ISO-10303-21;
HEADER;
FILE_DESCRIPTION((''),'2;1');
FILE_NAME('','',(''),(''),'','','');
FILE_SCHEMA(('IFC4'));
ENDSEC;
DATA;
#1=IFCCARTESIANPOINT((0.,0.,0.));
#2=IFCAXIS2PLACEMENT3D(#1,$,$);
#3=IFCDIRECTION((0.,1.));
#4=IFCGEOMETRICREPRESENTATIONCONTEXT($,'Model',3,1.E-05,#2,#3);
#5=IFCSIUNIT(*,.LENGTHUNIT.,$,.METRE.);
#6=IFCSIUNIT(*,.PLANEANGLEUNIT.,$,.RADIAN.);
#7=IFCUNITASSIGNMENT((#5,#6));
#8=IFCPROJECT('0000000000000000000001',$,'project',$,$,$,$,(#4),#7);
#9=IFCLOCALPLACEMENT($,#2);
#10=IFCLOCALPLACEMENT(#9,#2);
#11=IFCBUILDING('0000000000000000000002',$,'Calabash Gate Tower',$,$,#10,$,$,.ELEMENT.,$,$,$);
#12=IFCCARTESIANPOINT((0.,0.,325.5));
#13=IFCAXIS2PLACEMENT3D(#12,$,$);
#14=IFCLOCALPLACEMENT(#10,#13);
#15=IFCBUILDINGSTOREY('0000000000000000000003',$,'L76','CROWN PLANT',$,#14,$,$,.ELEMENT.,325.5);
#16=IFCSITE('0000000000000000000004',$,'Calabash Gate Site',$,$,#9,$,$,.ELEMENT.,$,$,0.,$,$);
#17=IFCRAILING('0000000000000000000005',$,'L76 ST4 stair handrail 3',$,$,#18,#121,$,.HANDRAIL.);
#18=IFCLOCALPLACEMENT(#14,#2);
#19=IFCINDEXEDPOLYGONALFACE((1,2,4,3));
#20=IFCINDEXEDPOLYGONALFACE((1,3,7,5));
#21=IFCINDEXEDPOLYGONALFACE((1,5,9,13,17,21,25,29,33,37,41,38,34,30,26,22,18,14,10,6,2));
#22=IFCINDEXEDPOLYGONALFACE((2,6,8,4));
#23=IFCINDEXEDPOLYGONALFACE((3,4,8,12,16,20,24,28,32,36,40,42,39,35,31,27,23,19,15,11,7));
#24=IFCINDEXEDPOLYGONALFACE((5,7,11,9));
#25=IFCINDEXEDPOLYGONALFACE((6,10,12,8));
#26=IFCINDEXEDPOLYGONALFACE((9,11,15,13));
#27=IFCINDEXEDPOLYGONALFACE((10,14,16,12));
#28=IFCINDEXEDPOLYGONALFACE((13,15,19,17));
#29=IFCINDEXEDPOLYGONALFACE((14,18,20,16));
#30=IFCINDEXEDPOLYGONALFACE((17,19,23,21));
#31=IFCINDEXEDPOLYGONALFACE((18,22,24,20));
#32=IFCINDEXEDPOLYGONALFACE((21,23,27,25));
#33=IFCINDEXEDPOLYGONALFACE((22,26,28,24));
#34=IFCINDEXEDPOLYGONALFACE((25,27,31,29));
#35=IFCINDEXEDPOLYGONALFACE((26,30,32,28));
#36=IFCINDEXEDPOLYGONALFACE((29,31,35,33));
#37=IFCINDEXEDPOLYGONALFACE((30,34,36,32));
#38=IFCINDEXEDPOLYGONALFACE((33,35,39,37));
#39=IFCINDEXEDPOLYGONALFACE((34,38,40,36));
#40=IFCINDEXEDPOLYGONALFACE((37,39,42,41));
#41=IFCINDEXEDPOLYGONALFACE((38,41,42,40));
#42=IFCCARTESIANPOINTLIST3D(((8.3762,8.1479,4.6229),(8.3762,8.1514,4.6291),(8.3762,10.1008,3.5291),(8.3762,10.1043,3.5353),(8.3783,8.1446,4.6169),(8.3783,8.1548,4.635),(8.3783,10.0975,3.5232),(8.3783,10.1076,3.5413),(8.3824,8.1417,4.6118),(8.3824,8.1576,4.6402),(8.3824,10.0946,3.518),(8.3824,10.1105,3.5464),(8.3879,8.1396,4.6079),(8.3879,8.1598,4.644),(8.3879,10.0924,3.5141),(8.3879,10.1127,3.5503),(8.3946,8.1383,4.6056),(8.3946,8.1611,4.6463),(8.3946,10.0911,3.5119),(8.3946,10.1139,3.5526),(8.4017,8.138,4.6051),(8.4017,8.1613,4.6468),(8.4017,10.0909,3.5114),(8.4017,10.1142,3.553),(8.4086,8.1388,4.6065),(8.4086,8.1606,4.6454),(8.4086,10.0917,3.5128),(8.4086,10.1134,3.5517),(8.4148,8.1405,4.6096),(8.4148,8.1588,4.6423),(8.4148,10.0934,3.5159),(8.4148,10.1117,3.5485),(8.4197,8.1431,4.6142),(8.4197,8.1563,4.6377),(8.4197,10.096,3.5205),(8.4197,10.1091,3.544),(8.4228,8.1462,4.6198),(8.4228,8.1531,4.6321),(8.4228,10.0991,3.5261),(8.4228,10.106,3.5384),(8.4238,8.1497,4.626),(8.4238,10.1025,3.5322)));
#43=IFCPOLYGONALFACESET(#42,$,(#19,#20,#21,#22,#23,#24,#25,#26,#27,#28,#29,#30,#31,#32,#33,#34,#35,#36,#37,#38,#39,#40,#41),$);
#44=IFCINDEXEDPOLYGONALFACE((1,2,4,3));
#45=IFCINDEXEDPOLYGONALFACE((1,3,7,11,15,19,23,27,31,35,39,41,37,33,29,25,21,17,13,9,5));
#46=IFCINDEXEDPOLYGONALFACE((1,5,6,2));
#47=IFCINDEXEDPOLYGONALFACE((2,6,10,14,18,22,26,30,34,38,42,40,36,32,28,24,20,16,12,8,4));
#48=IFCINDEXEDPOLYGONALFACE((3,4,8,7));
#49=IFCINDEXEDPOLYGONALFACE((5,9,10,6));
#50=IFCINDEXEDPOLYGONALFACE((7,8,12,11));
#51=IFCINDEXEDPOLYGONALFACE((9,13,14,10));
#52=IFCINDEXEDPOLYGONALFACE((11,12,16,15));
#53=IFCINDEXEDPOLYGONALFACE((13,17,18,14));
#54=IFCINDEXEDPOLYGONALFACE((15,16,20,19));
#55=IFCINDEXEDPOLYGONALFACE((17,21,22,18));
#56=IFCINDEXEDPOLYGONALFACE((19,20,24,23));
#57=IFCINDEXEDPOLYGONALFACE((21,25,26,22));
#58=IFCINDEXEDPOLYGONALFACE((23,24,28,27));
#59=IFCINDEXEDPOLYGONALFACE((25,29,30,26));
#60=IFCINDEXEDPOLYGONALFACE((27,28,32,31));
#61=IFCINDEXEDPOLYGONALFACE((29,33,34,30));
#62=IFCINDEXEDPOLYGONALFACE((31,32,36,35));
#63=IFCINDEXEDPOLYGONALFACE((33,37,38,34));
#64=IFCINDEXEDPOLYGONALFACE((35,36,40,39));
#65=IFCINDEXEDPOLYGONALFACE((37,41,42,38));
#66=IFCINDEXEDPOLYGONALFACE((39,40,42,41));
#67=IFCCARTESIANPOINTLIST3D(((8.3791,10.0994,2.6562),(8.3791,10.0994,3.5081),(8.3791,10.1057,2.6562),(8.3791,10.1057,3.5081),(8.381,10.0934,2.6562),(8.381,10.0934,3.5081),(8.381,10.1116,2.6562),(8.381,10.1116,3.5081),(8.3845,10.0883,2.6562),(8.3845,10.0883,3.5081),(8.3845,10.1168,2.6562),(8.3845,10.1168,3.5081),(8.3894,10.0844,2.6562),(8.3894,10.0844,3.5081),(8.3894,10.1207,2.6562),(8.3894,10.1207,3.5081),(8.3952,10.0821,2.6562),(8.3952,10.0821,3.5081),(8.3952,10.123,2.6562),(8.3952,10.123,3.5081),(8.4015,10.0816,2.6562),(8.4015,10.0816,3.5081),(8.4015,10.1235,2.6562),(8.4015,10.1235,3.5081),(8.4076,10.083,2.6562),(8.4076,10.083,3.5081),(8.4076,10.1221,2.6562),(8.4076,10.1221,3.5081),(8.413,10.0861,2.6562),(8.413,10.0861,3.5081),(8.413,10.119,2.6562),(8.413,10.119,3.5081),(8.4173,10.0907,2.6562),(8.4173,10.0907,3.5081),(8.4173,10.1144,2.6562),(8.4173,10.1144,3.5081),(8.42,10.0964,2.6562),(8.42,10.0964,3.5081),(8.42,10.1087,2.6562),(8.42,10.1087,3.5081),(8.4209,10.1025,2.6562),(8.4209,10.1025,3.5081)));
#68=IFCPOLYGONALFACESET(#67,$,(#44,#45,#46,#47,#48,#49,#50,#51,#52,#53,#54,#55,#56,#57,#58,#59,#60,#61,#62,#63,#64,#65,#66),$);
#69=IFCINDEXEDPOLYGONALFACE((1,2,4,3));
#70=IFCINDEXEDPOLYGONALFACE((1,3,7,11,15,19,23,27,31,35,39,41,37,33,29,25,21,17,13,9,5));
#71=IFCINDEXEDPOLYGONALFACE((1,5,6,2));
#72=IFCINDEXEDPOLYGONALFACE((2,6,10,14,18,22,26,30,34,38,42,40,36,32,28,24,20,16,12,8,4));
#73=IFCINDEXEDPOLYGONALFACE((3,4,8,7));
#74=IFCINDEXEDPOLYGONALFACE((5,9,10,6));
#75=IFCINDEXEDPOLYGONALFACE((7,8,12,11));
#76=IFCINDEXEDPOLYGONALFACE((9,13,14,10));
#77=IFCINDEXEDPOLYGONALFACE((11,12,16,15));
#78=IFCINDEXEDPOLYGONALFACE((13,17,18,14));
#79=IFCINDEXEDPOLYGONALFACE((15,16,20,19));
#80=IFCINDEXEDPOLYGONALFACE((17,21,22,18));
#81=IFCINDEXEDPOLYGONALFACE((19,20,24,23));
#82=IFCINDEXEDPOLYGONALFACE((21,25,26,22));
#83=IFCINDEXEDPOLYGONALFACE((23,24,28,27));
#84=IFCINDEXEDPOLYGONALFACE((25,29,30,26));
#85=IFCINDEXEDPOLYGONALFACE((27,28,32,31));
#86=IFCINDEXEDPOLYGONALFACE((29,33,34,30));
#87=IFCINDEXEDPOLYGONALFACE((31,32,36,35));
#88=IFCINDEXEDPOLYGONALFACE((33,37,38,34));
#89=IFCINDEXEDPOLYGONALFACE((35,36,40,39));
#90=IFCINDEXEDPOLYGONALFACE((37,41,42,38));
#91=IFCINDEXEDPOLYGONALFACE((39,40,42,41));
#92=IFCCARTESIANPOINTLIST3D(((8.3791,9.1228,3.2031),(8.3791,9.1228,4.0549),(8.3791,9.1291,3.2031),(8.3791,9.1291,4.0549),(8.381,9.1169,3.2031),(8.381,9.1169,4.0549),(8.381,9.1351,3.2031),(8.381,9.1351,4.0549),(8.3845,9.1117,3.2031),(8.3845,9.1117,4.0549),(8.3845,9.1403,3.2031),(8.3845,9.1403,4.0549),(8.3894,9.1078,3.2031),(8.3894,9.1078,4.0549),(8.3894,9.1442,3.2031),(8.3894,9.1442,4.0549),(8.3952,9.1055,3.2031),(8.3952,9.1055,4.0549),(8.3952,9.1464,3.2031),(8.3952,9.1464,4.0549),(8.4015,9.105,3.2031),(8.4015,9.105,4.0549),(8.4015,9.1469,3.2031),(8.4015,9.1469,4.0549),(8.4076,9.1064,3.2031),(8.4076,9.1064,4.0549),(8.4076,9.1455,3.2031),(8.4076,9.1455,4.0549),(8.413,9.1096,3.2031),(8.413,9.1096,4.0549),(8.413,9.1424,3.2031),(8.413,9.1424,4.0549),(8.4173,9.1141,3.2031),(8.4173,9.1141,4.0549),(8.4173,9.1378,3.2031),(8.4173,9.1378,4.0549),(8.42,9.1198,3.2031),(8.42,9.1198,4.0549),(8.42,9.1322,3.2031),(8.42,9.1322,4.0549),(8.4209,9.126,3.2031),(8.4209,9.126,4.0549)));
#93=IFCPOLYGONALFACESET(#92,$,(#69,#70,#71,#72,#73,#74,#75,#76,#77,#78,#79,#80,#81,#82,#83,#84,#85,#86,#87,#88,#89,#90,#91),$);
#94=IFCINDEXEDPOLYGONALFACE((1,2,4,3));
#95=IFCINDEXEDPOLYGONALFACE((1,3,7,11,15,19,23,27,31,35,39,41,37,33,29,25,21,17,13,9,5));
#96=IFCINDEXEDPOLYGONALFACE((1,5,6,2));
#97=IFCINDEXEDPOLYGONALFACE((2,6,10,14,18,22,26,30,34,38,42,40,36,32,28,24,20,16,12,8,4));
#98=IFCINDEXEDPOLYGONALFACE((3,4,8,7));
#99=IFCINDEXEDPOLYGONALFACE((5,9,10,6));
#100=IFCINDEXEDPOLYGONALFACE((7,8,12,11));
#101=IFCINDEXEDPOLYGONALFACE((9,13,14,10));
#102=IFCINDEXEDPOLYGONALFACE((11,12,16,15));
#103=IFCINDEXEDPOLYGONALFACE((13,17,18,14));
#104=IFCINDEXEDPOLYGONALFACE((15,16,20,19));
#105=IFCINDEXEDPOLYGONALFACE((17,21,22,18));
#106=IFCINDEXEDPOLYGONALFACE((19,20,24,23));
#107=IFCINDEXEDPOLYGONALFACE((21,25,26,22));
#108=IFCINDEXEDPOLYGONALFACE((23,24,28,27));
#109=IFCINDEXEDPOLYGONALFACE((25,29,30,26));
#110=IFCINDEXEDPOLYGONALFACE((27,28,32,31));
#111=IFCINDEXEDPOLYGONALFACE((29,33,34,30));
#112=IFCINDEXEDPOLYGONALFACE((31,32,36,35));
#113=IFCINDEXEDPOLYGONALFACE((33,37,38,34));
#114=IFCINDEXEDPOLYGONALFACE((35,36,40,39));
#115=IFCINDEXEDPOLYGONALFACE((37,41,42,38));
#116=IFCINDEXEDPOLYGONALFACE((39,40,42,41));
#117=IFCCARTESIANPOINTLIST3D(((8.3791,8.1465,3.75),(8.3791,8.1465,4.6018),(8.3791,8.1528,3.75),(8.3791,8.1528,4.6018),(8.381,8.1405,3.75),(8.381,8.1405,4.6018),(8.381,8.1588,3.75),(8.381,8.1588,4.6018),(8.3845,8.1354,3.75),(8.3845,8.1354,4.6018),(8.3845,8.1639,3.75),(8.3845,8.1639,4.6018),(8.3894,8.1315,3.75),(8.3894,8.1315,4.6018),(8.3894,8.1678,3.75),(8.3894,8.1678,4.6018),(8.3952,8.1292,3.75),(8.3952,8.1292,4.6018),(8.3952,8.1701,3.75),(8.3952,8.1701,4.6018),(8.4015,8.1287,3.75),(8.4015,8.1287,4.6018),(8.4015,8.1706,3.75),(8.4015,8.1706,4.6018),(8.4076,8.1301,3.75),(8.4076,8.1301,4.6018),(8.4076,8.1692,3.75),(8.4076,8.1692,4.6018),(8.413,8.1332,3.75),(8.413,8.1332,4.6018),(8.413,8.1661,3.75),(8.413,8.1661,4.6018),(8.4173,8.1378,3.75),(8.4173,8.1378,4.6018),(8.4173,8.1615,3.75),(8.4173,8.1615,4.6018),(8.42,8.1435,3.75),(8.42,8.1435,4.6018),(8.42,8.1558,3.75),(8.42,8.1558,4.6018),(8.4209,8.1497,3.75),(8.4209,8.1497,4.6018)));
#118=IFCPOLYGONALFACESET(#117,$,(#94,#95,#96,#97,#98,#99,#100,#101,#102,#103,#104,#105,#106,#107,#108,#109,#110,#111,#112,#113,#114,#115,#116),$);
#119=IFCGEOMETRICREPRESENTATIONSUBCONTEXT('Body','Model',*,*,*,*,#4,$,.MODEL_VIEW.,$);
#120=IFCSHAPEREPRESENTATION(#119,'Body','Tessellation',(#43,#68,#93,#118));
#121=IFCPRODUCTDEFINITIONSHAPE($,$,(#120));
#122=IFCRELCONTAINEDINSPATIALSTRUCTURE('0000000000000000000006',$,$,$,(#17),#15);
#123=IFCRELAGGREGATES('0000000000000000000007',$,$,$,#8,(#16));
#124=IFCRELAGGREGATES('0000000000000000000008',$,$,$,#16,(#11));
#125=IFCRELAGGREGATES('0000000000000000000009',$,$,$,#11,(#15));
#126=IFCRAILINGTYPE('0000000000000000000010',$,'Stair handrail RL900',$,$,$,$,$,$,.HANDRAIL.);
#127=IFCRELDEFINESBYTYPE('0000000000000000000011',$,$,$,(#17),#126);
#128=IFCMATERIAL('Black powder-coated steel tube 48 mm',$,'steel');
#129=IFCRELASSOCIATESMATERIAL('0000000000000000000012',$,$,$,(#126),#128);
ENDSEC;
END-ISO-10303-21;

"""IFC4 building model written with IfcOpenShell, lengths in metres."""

from ifc_helpers import new_model, si_unit, direction, frame, origin, origin_2d, place, context, subcontext, project, spatial, circle, extrude, material, type_object, element, save


model = new_model("IFC4")

# Units and contexts
model_context = context("Model", 3, precision=1e-05, world=origin(), true_north=direction((0.0, 1.0)))
body_context = subcontext(model_context, "Body", "Model", "MODEL_VIEW")
ifc_project = project(units=[si_unit("LENGTHUNIT", "METRE"), si_unit("PLANEANGLEUNIT", "RADIAN")], contexts=[model_context])

# Site, building, storey
site_placement = place(None, origin())
site = spatial("IfcSite", under=ifc_project, at=site_placement, Name="Calabash Gate Site", CompositionType="ELEMENT", RefElevation=0.0)
building_placement = place(site_placement, origin())
building = spatial("IfcBuilding", under=site, at=building_placement, Name="Calabash Gate Tower", CompositionType="ELEMENT")
storey_placement = place(building_placement, frame((0.0, 0.0, 325.5)))
storey = spatial("IfcBuildingStorey", under=building, at=storey_placement, Name="L76", Description="CROWN PLANT", CompositionType="ELEMENT", Elevation=325.5)

# Railing
ifc_material_1 = material(Name="Black powder-coated steel tube 48 mm", Category="steel")
railing_type_1 = type_object("IfcRailingType", Name="Stair handrail RL900", PredefinedType="HANDRAIL", material=ifc_material_1)
railing_1_placement = place(storey_placement, frame((8.3999, 10.1025, 2.6562)))
element("IfcRailing", 1, at=railing_1_placement, inside=storey, type_object=railing_type_1, Name="L76 ST4 stair handrail 3", PredefinedType="HANDRAIL", context=body_context, shape_type="SweptSolid", body=[
    extrude(circle(Radius=0.0239, at=origin_2d()), frame((0.0, 0.0, 0.876), z_axis=(0.0, -0.87248, 0.48865), x_axis=(1.0, 0.0, 0.0)), (0.0, 0.0, 1.0), 2.2383),
    extrude(circle(Radius=0.021, at=origin_2d()), origin(), (0.0, 0.0, 1.0), 0.8518),
    extrude(circle(Radius=0.021, at=origin_2d()), frame((0.0, -0.9766, 0.5469)), (0.0, 0.0, 1.0), 0.8518),
    extrude(circle(Radius=0.021, at=origin_2d()), frame((0.0, -1.9529, 1.0938)), (0.0, 0.0, 1.0), 0.8518),
])

save(model, "model.ifc")
